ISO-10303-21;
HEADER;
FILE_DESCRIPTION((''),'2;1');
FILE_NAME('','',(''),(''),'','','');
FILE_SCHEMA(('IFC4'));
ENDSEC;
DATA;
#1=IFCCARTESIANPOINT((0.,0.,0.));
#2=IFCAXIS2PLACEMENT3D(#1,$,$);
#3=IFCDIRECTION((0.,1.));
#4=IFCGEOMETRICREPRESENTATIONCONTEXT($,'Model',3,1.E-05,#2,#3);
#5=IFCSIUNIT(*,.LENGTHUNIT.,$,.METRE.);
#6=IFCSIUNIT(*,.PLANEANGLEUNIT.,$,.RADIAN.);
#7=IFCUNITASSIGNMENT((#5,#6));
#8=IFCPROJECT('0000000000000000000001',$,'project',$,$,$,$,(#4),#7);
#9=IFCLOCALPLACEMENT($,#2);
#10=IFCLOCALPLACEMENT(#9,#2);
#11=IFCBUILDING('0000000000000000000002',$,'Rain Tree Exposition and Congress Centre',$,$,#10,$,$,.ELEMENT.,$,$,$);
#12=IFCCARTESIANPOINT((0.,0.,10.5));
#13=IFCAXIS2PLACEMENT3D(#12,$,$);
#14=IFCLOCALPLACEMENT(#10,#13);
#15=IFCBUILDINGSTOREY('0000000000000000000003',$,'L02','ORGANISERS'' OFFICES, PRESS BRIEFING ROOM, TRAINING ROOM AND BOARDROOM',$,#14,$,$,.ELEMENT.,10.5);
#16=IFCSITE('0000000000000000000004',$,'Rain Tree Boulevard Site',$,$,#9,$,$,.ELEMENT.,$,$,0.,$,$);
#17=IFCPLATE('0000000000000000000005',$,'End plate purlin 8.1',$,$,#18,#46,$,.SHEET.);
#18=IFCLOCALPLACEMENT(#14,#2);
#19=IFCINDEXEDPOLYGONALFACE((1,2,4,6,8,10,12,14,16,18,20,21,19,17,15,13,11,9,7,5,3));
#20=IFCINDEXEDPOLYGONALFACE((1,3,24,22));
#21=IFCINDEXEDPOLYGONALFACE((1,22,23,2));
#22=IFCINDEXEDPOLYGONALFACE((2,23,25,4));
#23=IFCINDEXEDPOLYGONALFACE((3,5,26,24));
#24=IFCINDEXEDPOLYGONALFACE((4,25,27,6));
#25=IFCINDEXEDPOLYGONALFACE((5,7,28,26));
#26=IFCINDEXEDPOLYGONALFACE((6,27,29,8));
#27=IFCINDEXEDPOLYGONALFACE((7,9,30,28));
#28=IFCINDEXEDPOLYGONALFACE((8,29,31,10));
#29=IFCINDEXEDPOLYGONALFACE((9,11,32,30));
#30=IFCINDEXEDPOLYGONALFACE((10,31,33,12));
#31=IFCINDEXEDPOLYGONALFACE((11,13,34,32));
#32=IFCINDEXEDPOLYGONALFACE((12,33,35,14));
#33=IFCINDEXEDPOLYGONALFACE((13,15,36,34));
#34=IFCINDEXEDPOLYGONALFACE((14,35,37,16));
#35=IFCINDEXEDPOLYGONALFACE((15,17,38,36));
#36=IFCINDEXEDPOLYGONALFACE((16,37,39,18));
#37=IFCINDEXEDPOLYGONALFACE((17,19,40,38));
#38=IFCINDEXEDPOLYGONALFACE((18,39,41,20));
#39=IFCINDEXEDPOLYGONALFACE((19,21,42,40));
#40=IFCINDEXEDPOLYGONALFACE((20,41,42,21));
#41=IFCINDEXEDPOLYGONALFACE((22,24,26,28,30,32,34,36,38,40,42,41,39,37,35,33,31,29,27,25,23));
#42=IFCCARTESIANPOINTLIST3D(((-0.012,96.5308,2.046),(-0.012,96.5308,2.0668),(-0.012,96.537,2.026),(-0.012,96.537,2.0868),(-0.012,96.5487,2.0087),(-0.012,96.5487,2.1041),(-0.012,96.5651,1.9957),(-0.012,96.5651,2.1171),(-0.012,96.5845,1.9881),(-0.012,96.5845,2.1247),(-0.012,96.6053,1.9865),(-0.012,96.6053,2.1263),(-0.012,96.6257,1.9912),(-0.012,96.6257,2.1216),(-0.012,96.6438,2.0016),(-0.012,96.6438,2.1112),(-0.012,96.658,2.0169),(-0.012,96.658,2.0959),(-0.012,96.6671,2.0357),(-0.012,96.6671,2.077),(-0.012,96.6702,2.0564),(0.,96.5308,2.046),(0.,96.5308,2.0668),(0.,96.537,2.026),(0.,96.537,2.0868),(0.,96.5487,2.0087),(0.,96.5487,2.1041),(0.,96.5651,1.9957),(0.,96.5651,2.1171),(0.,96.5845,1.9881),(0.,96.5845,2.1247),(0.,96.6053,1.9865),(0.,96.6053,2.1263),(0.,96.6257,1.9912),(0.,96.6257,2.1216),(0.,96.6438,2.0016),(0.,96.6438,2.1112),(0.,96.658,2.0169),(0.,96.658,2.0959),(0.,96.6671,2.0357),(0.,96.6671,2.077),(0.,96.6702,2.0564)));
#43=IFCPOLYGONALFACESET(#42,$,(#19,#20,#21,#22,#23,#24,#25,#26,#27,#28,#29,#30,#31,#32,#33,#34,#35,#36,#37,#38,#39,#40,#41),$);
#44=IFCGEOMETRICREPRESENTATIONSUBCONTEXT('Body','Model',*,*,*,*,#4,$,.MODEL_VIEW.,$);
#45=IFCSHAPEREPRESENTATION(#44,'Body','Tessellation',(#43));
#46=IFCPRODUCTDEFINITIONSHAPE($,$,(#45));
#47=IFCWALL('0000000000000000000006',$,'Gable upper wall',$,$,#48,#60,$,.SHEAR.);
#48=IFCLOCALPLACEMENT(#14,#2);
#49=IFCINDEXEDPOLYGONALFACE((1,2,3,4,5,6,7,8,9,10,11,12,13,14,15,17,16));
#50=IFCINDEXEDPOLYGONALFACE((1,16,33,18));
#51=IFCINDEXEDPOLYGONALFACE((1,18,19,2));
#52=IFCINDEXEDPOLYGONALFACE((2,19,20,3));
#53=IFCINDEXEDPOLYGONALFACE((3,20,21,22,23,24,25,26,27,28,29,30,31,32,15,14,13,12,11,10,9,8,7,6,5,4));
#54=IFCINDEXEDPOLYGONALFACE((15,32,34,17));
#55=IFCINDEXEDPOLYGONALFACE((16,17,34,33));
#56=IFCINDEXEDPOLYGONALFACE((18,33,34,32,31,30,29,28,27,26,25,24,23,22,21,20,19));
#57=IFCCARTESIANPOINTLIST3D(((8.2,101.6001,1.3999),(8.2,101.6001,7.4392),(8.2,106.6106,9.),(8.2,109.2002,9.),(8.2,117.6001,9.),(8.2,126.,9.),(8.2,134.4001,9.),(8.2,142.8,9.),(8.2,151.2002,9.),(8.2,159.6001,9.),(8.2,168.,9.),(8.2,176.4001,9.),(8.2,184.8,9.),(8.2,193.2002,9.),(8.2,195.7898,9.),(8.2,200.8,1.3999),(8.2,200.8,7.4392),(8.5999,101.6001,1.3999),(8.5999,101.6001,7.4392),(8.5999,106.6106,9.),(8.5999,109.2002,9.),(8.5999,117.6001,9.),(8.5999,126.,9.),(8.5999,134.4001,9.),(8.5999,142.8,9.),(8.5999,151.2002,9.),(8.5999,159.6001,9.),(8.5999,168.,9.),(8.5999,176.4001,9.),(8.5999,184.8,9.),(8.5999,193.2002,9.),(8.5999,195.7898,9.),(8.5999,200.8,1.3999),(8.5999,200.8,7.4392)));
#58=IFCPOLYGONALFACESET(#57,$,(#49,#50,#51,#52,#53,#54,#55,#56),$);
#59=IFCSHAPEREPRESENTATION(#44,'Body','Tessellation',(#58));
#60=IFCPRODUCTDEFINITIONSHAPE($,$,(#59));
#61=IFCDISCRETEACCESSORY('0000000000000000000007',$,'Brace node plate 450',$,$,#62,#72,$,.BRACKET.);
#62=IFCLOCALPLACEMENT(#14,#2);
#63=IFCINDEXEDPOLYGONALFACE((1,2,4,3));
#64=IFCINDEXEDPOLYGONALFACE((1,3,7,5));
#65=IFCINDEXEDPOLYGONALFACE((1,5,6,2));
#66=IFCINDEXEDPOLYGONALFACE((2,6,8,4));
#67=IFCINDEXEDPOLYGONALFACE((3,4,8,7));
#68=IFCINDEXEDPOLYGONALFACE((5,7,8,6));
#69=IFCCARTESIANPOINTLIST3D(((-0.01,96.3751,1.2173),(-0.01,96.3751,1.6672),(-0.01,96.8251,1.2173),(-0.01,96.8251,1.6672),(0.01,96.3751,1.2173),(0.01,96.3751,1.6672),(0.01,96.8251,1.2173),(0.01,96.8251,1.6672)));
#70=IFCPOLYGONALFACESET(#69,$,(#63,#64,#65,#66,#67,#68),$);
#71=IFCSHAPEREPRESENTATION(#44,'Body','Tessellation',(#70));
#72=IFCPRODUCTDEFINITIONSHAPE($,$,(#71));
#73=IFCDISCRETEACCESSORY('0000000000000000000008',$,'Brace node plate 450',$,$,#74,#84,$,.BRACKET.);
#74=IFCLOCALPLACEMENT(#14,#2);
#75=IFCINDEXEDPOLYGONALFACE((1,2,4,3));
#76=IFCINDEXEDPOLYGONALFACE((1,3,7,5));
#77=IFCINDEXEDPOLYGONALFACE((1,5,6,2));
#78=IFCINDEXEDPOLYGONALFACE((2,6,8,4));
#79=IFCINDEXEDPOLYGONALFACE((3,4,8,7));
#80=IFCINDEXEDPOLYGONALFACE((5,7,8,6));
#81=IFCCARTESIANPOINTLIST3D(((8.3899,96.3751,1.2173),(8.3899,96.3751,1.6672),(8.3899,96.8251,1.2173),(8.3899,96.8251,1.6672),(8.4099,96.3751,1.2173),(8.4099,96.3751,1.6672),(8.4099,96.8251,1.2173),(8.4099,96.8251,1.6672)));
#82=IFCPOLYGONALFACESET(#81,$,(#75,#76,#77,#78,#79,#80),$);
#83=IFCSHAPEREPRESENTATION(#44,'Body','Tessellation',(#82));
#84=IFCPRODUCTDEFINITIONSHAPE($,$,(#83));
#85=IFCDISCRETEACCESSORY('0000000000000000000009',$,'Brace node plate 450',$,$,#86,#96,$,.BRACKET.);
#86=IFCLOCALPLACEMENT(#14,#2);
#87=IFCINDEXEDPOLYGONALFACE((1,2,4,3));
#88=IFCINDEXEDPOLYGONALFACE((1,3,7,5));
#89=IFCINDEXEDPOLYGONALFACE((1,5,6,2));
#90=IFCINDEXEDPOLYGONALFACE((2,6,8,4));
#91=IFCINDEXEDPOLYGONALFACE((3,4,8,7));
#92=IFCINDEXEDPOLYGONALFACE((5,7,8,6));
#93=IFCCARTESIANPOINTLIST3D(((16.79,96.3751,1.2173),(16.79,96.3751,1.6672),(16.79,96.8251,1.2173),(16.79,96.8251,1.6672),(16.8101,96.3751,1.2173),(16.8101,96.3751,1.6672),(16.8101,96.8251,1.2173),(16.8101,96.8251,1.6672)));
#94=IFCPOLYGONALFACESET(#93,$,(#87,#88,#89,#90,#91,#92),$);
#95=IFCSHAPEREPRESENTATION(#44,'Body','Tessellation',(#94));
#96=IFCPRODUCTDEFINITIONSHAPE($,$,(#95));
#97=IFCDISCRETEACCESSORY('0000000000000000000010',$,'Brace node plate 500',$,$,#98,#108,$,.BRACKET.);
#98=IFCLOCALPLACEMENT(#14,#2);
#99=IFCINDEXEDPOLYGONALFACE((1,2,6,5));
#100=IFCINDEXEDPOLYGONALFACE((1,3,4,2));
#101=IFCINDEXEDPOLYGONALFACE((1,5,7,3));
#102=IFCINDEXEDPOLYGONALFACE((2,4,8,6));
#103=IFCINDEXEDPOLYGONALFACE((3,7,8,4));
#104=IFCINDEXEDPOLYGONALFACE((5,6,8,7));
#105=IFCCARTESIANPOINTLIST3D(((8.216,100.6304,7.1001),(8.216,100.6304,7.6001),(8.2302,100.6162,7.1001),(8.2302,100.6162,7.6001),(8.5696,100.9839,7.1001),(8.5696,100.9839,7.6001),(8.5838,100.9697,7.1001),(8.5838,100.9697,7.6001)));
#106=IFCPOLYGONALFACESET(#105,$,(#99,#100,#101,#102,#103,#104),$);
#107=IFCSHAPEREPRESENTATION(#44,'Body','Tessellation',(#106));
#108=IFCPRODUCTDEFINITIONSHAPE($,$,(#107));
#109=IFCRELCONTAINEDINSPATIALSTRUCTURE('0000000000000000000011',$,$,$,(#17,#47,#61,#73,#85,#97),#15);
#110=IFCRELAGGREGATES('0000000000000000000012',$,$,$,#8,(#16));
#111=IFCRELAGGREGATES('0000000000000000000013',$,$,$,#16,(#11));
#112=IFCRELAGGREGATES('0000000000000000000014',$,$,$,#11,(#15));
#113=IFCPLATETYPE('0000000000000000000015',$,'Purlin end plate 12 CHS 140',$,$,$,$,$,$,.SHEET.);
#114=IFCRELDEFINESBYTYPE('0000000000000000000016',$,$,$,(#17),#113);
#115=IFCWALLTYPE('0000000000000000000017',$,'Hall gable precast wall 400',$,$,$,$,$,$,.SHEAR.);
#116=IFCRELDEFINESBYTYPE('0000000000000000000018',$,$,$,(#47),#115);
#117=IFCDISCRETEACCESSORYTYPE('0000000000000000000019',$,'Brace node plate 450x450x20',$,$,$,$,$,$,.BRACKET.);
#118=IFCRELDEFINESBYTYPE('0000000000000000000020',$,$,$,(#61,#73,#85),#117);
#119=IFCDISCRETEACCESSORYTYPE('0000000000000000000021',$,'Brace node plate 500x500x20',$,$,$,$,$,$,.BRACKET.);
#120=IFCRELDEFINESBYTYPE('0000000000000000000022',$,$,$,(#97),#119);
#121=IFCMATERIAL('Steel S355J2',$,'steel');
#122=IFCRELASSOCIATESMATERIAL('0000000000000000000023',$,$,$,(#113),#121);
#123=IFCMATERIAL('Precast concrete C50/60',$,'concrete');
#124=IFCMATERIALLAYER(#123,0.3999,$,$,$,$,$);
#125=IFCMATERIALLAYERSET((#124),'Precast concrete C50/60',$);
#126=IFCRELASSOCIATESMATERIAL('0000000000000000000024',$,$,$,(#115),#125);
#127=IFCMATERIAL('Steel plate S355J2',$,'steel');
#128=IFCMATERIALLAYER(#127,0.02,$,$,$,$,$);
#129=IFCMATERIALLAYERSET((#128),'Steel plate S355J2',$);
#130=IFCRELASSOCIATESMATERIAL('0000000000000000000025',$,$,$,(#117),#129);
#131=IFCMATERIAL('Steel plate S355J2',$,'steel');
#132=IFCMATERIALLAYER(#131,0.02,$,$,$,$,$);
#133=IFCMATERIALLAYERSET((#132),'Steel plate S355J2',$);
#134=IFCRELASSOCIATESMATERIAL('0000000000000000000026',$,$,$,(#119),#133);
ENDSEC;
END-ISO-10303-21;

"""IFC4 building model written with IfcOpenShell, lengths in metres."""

from ifc_helpers import new_model, si_unit, direction, frame, origin, origin_2d, place, context, subcontext, project, spatial, polyline, rectangle, circle, outline, extrude, material, layer, layer_set, material_profile, profile_set, type_object, element, save


model = new_model("IFC4")

# Units and contexts
model_context = context("Model", 3, precision=1e-05, world=origin(), true_north=direction((0.0, 1.0)))
body_context = subcontext(model_context, "Body", "Model", "MODEL_VIEW")
ifc_project = project(units=[si_unit("LENGTHUNIT", "METRE"), si_unit("PLANEANGLEUNIT", "RADIAN")], contexts=[model_context])

# Site, building, storey
site_placement = place(None, origin())
site = spatial("IfcSite", under=ifc_project, at=site_placement, Name="Rain Tree Boulevard Site", CompositionType="ELEMENT", RefElevation=0.0)
building_placement = place(site_placement, origin())
building = spatial("IfcBuilding", under=site, at=building_placement, Name="Rain Tree Exposition and Congress Centre", CompositionType="ELEMENT")
storey_placement = place(building_placement, frame((0.0, 0.0, 10.5)))
storey = spatial("IfcBuildingStorey", under=building, at=storey_placement, Name="L02", Description="ORGANISERS' OFFICES, PRESS BRIEFING ROOM, TRAINING ROOM AND BOARDROOM", CompositionType="ELEMENT", Elevation=10.5)

# Plate
ifc_material_1 = material(Name="Steel S355J2", Category="steel")
ifc_material_profile_1 = material_profile(ifc_material_1, circle(Radius=0.0701, at=origin_2d()), Name="CIRCLE 140")
ifc_profile_set_1 = profile_set([ifc_material_profile_1], Name="Steel S355J2")
plate_type = type_object("IfcPlateType", Name="Purlin end plate 12 CHS 140", PredefinedType="SHEET", material=ifc_profile_set_1)
plate_placement = place(storey_placement, frame((-0.012, 96.6001, 2.0564), z_axis=(1.0, 0.0, 0.0), x_axis=(0.0, 1.0, 0.0)))
element("IfcPlate", 1, at=plate_placement, inside=storey, type_object=plate_type, Name="End plate purlin 8.1", PredefinedType="SHEET", context=body_context, shape_type="SweptSolid", body=[
    extrude(circle(Radius=0.0701, at=origin_2d()), origin(), (0.0, 0.0, 1.0), 0.012),
])

# Wall
ifc_material_2 = material(Name="Precast concrete C50/60", Category="concrete")
ifc_layer_1 = layer(ifc_material_2, 0.3999)
ifc_layer_set_1 = layer_set([ifc_layer_1], Name="Precast concrete C50/60")
wall_type = type_object("IfcWallType", Name="Hall gable precast wall 400", PredefinedType="SHEAR", material=ifc_layer_set_1)
wall_placement = place(storey_placement, frame((8.3999, 101.6001, 1.3999), z_axis=(0.0, 0.0, 1.0), x_axis=(0.0, 1.0, 0.0)))
element("IfcWall", 2, at=wall_placement, inside=storey, type_object=wall_type, Name="Gable upper wall", PredefinedType="SHEAR", context=body_context, shape_type="SweptSolid", body=[
    extrude(outline(polyline([(0.0, 0.0), (99.2, 0.0), (99.2, 6.0393), (94.1897, 7.6001), (91.6001, 7.6001), (83.2, 7.6001), (74.8, 7.6001), (66.3999, 7.6001), (58.0, 7.6001), (49.6001, 7.6001), (41.2, 7.6001), (32.8, 7.6001), (24.3999, 7.6001), (16.0, 7.6001), (7.6001, 7.6001), (5.0105, 7.6001), (0.0, 6.0393), (0.0, 0.0)])), frame((0.0, 0.2, 0.0), z_axis=(0.0, -1.0, 0.0), x_axis=(1.0, 0.0, 0.0)), (0.0, 0.0, 1.0), 0.3999),
])

# Discrete accessories
ifc_material_3 = material(Name="Steel plate S355J2", Category="steel")
ifc_layer_2 = layer(ifc_material_3, 0.02)
ifc_layer_set_2 = layer_set([ifc_layer_2], Name="Steel plate S355J2")
discrete_accessory_type_1 = type_object("IfcDiscreteAccessoryType", Name="Brace node plate 450x450x20", PredefinedType="BRACKET", material=ifc_layer_set_2)
for number, where, z_axis, x_axis, name in (
    (3, (0.0, 96.6001, 1.2173), (0.0, 0.0, 1.0), (0.0, -1.0, 0.0), "Brace node plate 450"),
    (4, (8.3999, 96.6001, 1.2173), (0.0, 0.0, 1.0), (0.0, -1.0, 0.0), "Brace node plate 450"),
    (5, (16.8, 96.6001, 1.2173), (0.0, 0.0, 1.0), (0.0, -1.0, 0.0), "Brace node plate 450"),
):
    element("IfcDiscreteAccessory", number, at=place(storey_placement, frame(where, z_axis=z_axis, x_axis=x_axis)), inside=storey, type_object=discrete_accessory_type_1, Name=name, PredefinedType="BRACKET", context=body_context, shape_type="SweptSolid", body=[
        extrude(rectangle(XDim=0.45, YDim=0.02, at=origin_2d()), origin(), (0.0, 0.0, 1.0), 0.45),
    ])
ifc_material_4 = material(Name="Steel plate S355J2", Category="steel")
ifc_layer_3 = layer(ifc_material_4, 0.02)
ifc_layer_set_3 = layer_set([ifc_layer_3], Name="Steel plate S355J2")
discrete_accessory_type_2 = type_object("IfcDiscreteAccessoryType", Name="Brace node plate 500x500x20", PredefinedType="BRACKET", material=ifc_layer_set_3)
discrete_accessory_placement = place(storey_placement, frame((8.3999, 100.8, 7.1001), z_axis=(0.0, 0.0, 1.0), x_axis=(0.707107, 0.707107, 0.0)))
element("IfcDiscreteAccessory", 6, at=discrete_accessory_placement, inside=storey, type_object=discrete_accessory_type_2, Name="Brace node plate 500", PredefinedType="BRACKET", context=body_context, shape_type="SweptSolid", body=[
    extrude(rectangle(XDim=0.5, YDim=0.02, at=origin_2d()), origin(), (0.0, 0.0, 1.0), 0.5),
])

save(model, "model.ifc")
